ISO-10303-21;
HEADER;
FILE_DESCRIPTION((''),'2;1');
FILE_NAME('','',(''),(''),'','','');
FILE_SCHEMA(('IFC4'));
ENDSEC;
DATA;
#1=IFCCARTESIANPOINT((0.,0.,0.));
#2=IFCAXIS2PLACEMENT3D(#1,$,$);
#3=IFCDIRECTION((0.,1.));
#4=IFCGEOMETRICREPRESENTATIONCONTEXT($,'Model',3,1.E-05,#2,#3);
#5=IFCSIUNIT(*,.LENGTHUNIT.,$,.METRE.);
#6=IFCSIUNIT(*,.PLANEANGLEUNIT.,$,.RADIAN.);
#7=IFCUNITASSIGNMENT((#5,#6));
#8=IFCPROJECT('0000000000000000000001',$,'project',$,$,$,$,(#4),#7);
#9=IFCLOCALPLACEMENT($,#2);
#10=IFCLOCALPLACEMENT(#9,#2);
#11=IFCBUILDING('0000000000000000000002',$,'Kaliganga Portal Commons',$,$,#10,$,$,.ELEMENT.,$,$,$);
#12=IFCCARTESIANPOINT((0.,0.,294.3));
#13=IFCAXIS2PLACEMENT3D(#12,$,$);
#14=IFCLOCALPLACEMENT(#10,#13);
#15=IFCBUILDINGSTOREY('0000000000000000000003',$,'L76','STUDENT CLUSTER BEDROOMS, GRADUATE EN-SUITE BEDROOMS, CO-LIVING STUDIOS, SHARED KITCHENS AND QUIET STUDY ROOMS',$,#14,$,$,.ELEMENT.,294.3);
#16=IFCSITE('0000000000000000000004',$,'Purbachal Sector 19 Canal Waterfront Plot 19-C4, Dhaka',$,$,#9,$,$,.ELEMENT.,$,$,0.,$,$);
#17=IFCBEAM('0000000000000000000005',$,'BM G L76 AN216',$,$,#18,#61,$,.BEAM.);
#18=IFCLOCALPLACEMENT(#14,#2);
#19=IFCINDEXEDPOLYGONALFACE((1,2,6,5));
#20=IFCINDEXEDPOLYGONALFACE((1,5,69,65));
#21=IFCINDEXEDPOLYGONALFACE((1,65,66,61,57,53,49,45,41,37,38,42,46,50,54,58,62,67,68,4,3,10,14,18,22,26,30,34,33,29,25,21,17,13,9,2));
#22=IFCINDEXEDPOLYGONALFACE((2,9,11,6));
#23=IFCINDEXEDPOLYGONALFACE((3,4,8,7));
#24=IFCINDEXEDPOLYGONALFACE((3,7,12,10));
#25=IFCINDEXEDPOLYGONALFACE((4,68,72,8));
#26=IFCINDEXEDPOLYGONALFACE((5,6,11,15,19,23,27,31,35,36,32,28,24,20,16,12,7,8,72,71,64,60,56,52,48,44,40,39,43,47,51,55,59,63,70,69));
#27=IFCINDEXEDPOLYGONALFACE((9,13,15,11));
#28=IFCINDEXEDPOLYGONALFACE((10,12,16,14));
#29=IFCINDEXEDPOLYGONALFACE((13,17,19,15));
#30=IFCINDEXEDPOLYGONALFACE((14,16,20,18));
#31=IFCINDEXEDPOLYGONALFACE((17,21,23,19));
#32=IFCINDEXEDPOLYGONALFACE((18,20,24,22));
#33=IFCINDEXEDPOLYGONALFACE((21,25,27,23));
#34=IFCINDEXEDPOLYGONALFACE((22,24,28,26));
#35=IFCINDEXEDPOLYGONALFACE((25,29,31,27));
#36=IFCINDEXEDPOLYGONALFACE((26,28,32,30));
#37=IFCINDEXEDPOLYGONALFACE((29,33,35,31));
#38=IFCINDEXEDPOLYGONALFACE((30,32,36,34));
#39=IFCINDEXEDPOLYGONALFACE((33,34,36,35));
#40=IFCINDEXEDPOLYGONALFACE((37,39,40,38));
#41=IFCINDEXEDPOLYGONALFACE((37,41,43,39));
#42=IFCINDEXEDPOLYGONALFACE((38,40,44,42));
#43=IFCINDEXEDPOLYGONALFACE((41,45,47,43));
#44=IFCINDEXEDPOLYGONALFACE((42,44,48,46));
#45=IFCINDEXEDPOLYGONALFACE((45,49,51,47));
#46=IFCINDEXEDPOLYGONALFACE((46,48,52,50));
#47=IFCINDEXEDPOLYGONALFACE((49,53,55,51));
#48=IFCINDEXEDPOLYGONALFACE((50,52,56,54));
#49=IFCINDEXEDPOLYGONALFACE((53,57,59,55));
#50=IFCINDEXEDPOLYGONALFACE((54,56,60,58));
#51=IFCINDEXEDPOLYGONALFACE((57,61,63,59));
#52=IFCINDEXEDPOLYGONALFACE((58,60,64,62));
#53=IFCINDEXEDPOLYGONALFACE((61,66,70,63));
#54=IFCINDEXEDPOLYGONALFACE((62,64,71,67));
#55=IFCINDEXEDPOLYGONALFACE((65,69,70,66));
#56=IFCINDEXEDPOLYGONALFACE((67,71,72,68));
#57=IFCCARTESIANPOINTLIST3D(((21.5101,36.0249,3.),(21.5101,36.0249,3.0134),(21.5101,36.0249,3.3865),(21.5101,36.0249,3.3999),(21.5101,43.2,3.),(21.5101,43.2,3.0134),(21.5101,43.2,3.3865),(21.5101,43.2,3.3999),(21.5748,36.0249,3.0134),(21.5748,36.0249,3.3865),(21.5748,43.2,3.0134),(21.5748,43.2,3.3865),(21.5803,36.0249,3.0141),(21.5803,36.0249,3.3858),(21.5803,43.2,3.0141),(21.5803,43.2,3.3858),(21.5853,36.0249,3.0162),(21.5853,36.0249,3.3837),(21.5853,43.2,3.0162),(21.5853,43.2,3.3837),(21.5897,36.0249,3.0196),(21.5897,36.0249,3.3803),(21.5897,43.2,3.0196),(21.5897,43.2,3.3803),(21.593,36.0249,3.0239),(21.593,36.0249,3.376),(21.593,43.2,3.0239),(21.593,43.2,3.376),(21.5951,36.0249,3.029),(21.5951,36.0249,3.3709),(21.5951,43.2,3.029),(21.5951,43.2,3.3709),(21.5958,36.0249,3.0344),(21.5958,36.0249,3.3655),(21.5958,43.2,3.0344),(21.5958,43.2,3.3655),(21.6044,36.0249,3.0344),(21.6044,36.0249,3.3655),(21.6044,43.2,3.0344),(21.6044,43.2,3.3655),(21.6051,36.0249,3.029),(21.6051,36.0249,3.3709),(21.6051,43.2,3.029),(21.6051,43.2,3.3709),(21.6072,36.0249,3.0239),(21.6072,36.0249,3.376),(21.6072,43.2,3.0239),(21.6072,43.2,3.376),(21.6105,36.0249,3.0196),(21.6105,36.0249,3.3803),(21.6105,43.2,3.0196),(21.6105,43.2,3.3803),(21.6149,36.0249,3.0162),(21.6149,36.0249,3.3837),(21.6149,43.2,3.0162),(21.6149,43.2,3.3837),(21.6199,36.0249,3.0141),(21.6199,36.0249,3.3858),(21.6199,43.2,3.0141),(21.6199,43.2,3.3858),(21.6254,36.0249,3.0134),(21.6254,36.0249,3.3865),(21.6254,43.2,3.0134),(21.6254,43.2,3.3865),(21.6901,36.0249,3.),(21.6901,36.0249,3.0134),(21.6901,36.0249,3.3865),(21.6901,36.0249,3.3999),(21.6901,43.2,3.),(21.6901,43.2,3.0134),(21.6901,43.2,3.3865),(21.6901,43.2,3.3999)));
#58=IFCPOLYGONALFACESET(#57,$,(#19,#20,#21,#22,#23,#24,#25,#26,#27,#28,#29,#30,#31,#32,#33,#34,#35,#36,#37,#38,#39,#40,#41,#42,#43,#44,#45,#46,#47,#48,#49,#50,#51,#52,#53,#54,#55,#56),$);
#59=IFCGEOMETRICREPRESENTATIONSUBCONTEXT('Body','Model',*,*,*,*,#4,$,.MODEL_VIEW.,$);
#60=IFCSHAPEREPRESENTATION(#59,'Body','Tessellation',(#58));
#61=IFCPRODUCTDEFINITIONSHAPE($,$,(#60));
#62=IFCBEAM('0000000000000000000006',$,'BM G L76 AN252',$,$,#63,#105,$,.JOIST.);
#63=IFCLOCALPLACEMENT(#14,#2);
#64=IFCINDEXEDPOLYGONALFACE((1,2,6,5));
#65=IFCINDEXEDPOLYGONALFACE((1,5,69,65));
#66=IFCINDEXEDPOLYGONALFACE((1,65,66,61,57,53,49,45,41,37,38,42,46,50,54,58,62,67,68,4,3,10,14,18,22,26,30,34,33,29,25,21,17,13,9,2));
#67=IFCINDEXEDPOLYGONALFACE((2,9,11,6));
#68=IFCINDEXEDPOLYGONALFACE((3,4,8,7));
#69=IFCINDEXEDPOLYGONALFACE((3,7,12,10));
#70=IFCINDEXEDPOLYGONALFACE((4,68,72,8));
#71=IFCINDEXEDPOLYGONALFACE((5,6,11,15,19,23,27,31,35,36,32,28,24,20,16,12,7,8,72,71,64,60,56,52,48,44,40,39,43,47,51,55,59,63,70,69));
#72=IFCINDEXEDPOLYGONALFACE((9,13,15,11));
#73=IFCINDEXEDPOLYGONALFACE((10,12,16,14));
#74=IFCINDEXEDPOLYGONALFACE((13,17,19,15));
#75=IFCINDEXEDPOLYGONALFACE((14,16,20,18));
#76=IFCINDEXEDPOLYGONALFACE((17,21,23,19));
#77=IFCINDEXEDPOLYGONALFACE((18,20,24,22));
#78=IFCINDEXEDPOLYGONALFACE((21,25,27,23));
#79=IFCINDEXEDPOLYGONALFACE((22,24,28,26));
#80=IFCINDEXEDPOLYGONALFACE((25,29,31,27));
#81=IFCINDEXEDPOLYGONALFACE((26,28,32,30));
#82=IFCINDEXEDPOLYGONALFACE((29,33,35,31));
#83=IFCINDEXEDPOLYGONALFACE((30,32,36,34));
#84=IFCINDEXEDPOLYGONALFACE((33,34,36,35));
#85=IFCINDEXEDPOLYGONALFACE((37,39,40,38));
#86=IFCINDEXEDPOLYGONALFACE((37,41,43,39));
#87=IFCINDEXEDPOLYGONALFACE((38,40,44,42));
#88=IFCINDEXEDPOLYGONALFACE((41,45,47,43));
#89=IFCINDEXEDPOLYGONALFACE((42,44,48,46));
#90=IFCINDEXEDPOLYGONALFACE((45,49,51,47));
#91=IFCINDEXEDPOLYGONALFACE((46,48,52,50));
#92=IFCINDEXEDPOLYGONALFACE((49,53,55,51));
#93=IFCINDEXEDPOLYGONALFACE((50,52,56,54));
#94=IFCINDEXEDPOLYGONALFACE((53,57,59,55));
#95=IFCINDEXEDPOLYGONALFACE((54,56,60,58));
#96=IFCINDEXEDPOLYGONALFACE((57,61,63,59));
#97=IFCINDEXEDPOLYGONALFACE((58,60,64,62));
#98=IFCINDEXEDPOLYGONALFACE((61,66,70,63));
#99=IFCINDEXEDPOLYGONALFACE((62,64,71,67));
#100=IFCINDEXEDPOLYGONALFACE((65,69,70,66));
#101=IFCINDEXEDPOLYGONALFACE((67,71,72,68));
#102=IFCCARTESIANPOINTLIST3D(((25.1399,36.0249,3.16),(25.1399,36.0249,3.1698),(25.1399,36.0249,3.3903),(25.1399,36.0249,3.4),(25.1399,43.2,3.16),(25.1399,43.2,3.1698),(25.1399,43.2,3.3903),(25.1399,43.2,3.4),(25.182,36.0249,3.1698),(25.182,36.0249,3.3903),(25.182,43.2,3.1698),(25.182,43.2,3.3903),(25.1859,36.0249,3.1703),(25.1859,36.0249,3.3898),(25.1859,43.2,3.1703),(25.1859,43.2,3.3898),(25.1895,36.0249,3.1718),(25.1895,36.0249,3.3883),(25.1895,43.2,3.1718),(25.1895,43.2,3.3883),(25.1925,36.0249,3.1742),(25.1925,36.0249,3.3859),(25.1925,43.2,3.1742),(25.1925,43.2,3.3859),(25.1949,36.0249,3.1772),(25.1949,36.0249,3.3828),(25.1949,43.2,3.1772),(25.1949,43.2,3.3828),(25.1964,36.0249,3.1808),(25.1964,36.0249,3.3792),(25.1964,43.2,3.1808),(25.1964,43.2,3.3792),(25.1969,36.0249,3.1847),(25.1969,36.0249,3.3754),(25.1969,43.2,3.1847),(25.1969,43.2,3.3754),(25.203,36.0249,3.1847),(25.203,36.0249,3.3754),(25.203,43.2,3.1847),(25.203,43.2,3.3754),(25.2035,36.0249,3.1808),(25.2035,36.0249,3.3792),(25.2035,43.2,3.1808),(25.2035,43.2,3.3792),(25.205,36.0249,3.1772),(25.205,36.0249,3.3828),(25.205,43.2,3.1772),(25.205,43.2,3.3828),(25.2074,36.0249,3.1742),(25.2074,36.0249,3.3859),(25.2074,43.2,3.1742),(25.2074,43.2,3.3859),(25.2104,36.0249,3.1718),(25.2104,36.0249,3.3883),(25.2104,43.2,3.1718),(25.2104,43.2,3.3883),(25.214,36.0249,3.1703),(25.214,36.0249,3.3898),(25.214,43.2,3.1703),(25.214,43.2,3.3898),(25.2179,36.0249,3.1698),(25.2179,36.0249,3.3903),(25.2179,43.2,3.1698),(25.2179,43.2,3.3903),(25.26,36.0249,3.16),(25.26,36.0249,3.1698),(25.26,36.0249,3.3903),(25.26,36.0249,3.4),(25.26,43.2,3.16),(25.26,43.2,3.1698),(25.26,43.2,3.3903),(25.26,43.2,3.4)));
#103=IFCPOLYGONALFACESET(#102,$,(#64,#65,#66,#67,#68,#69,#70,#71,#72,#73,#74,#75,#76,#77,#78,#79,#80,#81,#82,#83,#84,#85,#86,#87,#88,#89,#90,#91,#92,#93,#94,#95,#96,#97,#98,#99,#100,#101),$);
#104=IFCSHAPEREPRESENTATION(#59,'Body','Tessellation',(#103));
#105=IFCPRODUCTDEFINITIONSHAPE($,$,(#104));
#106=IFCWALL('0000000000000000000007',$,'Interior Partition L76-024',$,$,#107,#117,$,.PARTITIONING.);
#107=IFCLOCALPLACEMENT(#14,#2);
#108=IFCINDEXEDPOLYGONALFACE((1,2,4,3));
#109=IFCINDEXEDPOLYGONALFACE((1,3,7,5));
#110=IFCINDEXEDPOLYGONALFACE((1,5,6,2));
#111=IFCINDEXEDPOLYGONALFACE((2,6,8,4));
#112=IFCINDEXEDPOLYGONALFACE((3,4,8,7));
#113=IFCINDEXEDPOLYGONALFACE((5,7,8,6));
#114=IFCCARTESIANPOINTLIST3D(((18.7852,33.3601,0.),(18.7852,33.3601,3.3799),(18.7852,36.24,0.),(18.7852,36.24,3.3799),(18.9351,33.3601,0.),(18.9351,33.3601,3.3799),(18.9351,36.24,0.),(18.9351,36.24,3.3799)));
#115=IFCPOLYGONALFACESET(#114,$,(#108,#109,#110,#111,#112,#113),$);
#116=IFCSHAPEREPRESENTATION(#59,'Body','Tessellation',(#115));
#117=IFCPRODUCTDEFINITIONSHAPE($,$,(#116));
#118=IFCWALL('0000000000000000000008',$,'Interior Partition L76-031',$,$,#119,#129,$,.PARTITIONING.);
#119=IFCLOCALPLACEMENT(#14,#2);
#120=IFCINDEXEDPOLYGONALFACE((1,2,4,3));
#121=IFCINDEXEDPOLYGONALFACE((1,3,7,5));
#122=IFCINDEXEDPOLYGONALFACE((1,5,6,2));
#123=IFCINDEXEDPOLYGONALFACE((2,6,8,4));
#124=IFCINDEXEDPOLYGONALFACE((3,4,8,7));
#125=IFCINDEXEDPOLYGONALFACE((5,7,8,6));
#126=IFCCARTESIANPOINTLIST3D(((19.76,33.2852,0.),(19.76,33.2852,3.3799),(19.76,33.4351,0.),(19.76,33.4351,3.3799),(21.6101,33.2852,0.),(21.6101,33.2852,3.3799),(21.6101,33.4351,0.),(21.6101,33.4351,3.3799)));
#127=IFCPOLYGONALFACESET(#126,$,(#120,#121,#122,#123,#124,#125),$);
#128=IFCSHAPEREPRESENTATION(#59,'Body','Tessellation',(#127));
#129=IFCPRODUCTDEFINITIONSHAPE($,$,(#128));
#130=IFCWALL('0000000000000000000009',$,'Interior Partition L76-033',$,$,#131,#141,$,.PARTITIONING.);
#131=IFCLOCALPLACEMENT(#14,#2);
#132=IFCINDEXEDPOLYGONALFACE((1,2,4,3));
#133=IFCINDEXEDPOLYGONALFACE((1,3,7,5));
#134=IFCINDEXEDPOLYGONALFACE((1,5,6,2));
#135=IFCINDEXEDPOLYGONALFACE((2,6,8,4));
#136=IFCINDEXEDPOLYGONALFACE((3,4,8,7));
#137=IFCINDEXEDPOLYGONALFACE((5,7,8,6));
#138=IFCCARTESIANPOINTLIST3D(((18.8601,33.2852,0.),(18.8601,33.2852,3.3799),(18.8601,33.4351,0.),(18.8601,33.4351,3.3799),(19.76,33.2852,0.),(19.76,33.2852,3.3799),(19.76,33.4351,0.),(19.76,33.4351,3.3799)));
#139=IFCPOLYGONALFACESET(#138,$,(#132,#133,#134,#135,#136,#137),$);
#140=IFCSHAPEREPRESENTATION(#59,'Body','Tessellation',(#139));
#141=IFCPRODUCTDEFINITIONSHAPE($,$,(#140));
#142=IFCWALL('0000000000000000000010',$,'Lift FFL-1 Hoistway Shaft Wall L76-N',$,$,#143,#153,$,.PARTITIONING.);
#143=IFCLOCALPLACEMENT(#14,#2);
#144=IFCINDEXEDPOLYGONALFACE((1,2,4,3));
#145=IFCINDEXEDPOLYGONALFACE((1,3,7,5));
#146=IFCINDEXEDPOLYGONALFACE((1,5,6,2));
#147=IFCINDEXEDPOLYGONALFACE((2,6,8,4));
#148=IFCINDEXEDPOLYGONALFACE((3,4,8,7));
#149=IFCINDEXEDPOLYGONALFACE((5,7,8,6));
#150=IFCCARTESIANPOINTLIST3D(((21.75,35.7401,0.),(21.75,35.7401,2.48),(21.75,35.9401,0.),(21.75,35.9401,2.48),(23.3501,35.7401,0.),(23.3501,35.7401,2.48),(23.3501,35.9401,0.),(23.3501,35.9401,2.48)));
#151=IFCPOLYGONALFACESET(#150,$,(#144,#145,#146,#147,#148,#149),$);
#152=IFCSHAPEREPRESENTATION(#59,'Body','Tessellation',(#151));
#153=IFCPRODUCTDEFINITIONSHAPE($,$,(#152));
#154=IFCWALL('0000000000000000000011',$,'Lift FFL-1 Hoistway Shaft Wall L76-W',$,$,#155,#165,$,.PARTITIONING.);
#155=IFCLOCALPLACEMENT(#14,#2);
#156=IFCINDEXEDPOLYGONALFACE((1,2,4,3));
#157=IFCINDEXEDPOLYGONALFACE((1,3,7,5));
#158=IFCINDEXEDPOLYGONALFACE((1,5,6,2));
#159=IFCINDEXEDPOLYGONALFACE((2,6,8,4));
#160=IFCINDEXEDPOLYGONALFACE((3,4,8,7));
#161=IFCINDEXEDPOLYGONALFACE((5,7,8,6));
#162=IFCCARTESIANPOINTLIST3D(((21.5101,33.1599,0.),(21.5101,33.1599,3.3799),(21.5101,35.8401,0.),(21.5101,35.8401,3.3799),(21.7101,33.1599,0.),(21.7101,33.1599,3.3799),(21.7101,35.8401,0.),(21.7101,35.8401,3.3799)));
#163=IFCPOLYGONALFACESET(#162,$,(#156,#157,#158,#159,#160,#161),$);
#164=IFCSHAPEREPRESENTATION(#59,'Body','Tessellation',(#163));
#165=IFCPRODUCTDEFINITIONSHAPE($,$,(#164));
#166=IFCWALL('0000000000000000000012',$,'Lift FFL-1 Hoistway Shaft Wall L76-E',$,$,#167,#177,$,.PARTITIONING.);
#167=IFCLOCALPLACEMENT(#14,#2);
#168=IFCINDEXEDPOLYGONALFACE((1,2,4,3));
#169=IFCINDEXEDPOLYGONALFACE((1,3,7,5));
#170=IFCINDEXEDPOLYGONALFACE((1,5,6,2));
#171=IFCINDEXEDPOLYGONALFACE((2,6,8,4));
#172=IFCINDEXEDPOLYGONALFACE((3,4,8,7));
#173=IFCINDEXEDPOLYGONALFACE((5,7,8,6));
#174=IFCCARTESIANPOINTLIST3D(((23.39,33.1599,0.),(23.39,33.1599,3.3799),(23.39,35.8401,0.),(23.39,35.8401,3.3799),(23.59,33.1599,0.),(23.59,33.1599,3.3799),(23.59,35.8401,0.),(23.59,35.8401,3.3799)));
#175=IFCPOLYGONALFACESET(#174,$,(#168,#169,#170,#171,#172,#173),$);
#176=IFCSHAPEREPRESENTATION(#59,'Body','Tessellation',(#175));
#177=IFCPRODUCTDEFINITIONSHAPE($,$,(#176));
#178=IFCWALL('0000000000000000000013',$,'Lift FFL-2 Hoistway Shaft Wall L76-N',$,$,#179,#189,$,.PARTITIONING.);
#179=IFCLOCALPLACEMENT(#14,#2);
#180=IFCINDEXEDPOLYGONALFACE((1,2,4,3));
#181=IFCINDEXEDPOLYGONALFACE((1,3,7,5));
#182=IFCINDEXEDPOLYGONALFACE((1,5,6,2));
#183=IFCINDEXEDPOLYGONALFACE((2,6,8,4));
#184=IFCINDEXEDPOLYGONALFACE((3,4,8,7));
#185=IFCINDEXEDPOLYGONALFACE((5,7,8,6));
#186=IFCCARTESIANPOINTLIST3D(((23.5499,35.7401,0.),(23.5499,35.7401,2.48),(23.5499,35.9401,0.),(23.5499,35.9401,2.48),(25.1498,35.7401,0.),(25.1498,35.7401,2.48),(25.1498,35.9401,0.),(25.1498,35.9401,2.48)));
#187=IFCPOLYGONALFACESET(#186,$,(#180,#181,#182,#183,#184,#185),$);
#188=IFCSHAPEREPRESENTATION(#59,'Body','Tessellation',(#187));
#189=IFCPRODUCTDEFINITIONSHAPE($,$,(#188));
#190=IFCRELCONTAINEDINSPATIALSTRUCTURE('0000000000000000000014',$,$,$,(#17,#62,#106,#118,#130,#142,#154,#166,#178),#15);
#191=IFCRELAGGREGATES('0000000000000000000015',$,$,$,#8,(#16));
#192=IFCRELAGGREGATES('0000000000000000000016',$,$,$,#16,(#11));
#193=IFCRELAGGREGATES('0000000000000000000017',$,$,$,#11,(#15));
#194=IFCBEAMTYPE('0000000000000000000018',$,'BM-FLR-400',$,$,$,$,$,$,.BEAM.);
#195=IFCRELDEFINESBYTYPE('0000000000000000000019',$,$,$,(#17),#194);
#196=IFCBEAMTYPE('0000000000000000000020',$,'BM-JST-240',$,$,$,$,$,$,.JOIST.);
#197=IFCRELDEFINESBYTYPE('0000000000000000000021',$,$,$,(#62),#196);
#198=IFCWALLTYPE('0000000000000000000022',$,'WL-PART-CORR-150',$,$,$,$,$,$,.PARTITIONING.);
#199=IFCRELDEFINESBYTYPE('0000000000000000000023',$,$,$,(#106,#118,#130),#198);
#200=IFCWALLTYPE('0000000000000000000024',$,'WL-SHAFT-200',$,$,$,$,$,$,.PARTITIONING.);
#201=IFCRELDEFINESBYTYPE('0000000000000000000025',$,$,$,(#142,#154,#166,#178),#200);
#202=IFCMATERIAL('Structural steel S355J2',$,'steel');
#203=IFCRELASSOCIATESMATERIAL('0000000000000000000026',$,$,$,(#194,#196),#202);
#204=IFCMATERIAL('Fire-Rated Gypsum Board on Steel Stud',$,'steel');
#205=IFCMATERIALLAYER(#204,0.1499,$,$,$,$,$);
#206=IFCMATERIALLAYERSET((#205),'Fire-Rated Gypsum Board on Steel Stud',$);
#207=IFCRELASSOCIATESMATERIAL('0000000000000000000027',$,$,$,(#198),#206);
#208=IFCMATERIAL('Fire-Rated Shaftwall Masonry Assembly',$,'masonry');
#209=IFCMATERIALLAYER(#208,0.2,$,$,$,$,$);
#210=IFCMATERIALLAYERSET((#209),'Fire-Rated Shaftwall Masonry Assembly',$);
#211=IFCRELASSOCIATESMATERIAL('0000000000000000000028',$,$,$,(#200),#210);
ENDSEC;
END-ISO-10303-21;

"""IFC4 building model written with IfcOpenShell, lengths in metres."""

from ifc_helpers import new_model, si_unit, direction, frame, frame_2d, origin, origin_2d, place, context, subcontext, project, spatial, rectangle, i_section, extrude, source, transform, mapped, material, layer, layer_set, material_profile, profile_set, type_object, element, save


model = new_model("IFC4")

# Units and contexts
model_context = context("Model", 3, precision=1e-05, world=origin(), true_north=direction((0.0, 1.0)))
body_context = subcontext(model_context, "Body", "Model", "MODEL_VIEW")
ifc_project = project(units=[si_unit("LENGTHUNIT", "METRE"), si_unit("PLANEANGLEUNIT", "RADIAN")], contexts=[model_context])

# Site, building, storey
site_placement = place(None, origin())
site = spatial("IfcSite", under=ifc_project, at=site_placement, Name="Purbachal Sector 19 Canal Waterfront Plot 19-C4, Dhaka", CompositionType="ELEMENT", RefElevation=0.0)
building_placement = place(site_placement, origin())
building = spatial("IfcBuilding", under=site, at=building_placement, Name="Kaliganga Portal Commons", CompositionType="ELEMENT")
storey_placement = place(building_placement, frame((0.0, 0.0, 294.3)))
storey = spatial("IfcBuildingStorey", under=building, at=storey_placement, Name="L76", Description="STUDENT CLUSTER BEDROOMS, GRADUATE EN-SUITE BEDROOMS, CO-LIVING STUDIOS, SHARED KITCHENS AND QUIET STUDY ROOMS", CompositionType="ELEMENT", Elevation=294.3)

# Beams
ifc_material_1 = material(Name="Structural steel S355J2", Category="steel")
ifc_material_profile_1 = material_profile(ifc_material_1, i_section(OverallWidth=0.1799, OverallDepth=0.3999, WebThickness=0.0085, FlangeThickness=0.0134, FilletRadius=0.021, at=origin_2d()), Name="IPE 400")
ifc_profile_set_1 = profile_set([ifc_material_profile_1], Name="Structural steel S355J2 wide-flange")
beam_type_1 = type_object("IfcBeamType", Name="BM-FLR-400", PredefinedType="BEAM", material=ifc_profile_set_1)
shared_shape_1 = source(origin(), body_context, "Body", "SweptSolid", [
    extrude(i_section(OverallWidth=0.1799, OverallDepth=0.3999, WebThickness=0.0085, FlangeThickness=0.0134, FilletRadius=0.021, at=origin_2d()), origin(), (0.0, 0.0, 1.0), 7.175),
])
beam_1_placement = place(storey_placement, frame((21.6001, 36.0249, 3.2), z_axis=(0.0, 1.0, 0.0), x_axis=(-1.0, 0.0, 0.0)))
element("IfcBeam", 1, at=beam_1_placement, inside=storey, type_object=beam_type_1, Name="BM G L76 AN216", PredefinedType="BEAM", context=body_context, shape_type="MappedRepresentation", body=[
    mapped(shared_shape_1, transform((0.0, 0.0, 0.0), x_axis=(1.0, 0.0, 0.0), y_axis=(0.0, 1.0, 0.0), z_axis=(0.0, 0.0, 1.0), scale=1.0)),
])
ifc_material_profile_2 = material_profile(ifc_material_1, i_section(OverallWidth=0.1201, OverallDepth=0.24, WebThickness=0.0061, FlangeThickness=0.0098, FilletRadius=0.0149, at=origin_2d()), Name="IPE 240")
ifc_profile_set_2 = profile_set([ifc_material_profile_2], Name="Structural steel S355J2 wide-flange")
beam_type_2 = type_object("IfcBeamType", Name="BM-JST-240", PredefinedType="JOIST", material=ifc_profile_set_2)
shared_shape_2 = source(origin(), body_context, "Body", "SweptSolid", [
    extrude(i_section(OverallWidth=0.1201, OverallDepth=0.24, WebThickness=0.0061, FlangeThickness=0.0098, FilletRadius=0.0149, at=origin_2d()), origin(), (0.0, 0.0, 1.0), 7.175),
])
beam_2_placement = place(storey_placement, frame((25.2, 36.0249, 3.28), z_axis=(0.0, 1.0, 0.0), x_axis=(-1.0, 0.0, 0.0)))
element("IfcBeam", 2, at=beam_2_placement, inside=storey, type_object=beam_type_2, Name="BM G L76 AN252", PredefinedType="JOIST", context=body_context, shape_type="MappedRepresentation", body=[
    mapped(shared_shape_2, transform((0.0, 0.0, 0.0), x_axis=(1.0, 0.0, 0.0), y_axis=(0.0, 1.0, 0.0), z_axis=(0.0, 0.0, 1.0), scale=1.0)),
])

# Walls
ifc_material_2 = material(Name="Fire-Rated Gypsum Board on Steel Stud", Category="steel")
ifc_layer_1 = layer(ifc_material_2, 0.1499)
ifc_layer_set_1 = layer_set([ifc_layer_1], Name="Fire-Rated Gypsum Board on Steel Stud")
wall_type_1 = type_object("IfcWallType", Name="WL-PART-CORR-150", PredefinedType="PARTITIONING", material=ifc_layer_set_1)
wall_1_placement = place(storey_placement, frame((18.8601, 33.3601, 0.0), z_axis=(0.0, 0.0, 1.0), x_axis=(0.0, 1.0, 0.0)))
element("IfcWall", 3, at=wall_1_placement, inside=storey, type_object=wall_type_1, Name="Interior Partition L76-024", PredefinedType="PARTITIONING", context=body_context, shape_type="SweptSolid", body=[
    extrude(rectangle(XDim=2.8799, YDim=0.1499, at=frame_2d((1.4399, 0.0))), origin(), (0.0, 0.0, 1.0), 3.3799),
])
wall_2_placement = place(storey_placement, frame((19.76, 33.3601, 0.0), z_axis=(0.0, 0.0, 1.0), x_axis=(1.0, 0.0, 0.0)))
element("IfcWall", 4, at=wall_2_placement, inside=storey, type_object=wall_type_1, Name="Interior Partition L76-031", PredefinedType="PARTITIONING", context=body_context, shape_type="SweptSolid", body=[
    extrude(rectangle(XDim=1.8501, YDim=0.1499, at=frame_2d((0.925, 0.0))), origin(), (0.0, 0.0, 1.0), 3.3799),
])
wall_3_placement = place(storey_placement, frame((18.8601, 33.3601, 0.0), z_axis=(0.0, 0.0, 1.0), x_axis=(1.0, 0.0, 0.0)))
element("IfcWall", 5, at=wall_3_placement, inside=storey, type_object=wall_type_1, Name="Interior Partition L76-033", PredefinedType="PARTITIONING", context=body_context, shape_type="SweptSolid", body=[
    extrude(rectangle(XDim=0.8999, YDim=0.1499, at=frame_2d((0.45, 0.0))), origin(), (0.0, 0.0, 1.0), 3.3799),
])

# Shared definitions
ifc_material_3 = material(Name="Fire-Rated Shaftwall Masonry Assembly", Category="masonry")
ifc_layer_2 = layer(ifc_material_3, 0.2)
ifc_layer_set_2 = layer_set([ifc_layer_2], Name="Fire-Rated Shaftwall Masonry Assembly")
wall_type_2 = type_object("IfcWallType", Name="WL-SHAFT-200", PredefinedType="PARTITIONING", material=ifc_layer_set_2)

# Walls
wall_4_placement = place(storey_placement, frame((21.75, 35.8401, 0.0), z_axis=(0.0, 0.0, 1.0), x_axis=(1.0, 0.0, 0.0)))
element("IfcWall", 6, at=wall_4_placement, inside=storey, type_object=wall_type_2, Name="Lift FFL-1 Hoistway Shaft Wall L76-N", PredefinedType="PARTITIONING", context=body_context, shape_type="SweptSolid", body=[
    extrude(rectangle(XDim=1.6001, YDim=0.2, at=frame_2d((0.8, 0.0))), origin(), (0.0, 0.0, 1.0), 2.48),
])
for number, where, z_axis, x_axis, name in (
    (7, (21.6101, 33.1599, 0.0), (0.0, 0.0, 1.0), (0.0, 1.0, 0.0), "Lift FFL-1 Hoistway Shaft Wall L76-W"),
    (8, (23.49, 33.1599, 0.0), (0.0, 0.0, 1.0), (0.0, 1.0, 0.0), "Lift FFL-1 Hoistway Shaft Wall L76-E"),
):
    element("IfcWall", number, at=place(storey_placement, frame(where, z_axis=z_axis, x_axis=x_axis)), inside=storey, type_object=wall_type_2, Name=name, PredefinedType="PARTITIONING", context=body_context, shape_type="SweptSolid", body=[
        extrude(rectangle(XDim=2.6802, YDim=0.2, at=frame_2d((1.3401, 0.0))), origin(), (0.0, 0.0, 1.0), 3.3799),
    ])

# Wall
wall_5_placement = place(storey_placement, frame((23.55, 35.8401, 0.0), z_axis=(0.0, 0.0, 1.0), x_axis=(1.0, 0.0, 0.0)))
element("IfcWall", 9, at=wall_5_placement, inside=storey, type_object=wall_type_2, Name="Lift FFL-2 Hoistway Shaft Wall L76-N", PredefinedType="PARTITIONING", context=body_context, shape_type="SweptSolid", body=[
    extrude(rectangle(XDim=1.5999, YDim=0.2, at=frame_2d((0.7998, 0.0))), origin(), (0.0, 0.0, 1.0), 2.48),
])

save(model, "model.ifc")
